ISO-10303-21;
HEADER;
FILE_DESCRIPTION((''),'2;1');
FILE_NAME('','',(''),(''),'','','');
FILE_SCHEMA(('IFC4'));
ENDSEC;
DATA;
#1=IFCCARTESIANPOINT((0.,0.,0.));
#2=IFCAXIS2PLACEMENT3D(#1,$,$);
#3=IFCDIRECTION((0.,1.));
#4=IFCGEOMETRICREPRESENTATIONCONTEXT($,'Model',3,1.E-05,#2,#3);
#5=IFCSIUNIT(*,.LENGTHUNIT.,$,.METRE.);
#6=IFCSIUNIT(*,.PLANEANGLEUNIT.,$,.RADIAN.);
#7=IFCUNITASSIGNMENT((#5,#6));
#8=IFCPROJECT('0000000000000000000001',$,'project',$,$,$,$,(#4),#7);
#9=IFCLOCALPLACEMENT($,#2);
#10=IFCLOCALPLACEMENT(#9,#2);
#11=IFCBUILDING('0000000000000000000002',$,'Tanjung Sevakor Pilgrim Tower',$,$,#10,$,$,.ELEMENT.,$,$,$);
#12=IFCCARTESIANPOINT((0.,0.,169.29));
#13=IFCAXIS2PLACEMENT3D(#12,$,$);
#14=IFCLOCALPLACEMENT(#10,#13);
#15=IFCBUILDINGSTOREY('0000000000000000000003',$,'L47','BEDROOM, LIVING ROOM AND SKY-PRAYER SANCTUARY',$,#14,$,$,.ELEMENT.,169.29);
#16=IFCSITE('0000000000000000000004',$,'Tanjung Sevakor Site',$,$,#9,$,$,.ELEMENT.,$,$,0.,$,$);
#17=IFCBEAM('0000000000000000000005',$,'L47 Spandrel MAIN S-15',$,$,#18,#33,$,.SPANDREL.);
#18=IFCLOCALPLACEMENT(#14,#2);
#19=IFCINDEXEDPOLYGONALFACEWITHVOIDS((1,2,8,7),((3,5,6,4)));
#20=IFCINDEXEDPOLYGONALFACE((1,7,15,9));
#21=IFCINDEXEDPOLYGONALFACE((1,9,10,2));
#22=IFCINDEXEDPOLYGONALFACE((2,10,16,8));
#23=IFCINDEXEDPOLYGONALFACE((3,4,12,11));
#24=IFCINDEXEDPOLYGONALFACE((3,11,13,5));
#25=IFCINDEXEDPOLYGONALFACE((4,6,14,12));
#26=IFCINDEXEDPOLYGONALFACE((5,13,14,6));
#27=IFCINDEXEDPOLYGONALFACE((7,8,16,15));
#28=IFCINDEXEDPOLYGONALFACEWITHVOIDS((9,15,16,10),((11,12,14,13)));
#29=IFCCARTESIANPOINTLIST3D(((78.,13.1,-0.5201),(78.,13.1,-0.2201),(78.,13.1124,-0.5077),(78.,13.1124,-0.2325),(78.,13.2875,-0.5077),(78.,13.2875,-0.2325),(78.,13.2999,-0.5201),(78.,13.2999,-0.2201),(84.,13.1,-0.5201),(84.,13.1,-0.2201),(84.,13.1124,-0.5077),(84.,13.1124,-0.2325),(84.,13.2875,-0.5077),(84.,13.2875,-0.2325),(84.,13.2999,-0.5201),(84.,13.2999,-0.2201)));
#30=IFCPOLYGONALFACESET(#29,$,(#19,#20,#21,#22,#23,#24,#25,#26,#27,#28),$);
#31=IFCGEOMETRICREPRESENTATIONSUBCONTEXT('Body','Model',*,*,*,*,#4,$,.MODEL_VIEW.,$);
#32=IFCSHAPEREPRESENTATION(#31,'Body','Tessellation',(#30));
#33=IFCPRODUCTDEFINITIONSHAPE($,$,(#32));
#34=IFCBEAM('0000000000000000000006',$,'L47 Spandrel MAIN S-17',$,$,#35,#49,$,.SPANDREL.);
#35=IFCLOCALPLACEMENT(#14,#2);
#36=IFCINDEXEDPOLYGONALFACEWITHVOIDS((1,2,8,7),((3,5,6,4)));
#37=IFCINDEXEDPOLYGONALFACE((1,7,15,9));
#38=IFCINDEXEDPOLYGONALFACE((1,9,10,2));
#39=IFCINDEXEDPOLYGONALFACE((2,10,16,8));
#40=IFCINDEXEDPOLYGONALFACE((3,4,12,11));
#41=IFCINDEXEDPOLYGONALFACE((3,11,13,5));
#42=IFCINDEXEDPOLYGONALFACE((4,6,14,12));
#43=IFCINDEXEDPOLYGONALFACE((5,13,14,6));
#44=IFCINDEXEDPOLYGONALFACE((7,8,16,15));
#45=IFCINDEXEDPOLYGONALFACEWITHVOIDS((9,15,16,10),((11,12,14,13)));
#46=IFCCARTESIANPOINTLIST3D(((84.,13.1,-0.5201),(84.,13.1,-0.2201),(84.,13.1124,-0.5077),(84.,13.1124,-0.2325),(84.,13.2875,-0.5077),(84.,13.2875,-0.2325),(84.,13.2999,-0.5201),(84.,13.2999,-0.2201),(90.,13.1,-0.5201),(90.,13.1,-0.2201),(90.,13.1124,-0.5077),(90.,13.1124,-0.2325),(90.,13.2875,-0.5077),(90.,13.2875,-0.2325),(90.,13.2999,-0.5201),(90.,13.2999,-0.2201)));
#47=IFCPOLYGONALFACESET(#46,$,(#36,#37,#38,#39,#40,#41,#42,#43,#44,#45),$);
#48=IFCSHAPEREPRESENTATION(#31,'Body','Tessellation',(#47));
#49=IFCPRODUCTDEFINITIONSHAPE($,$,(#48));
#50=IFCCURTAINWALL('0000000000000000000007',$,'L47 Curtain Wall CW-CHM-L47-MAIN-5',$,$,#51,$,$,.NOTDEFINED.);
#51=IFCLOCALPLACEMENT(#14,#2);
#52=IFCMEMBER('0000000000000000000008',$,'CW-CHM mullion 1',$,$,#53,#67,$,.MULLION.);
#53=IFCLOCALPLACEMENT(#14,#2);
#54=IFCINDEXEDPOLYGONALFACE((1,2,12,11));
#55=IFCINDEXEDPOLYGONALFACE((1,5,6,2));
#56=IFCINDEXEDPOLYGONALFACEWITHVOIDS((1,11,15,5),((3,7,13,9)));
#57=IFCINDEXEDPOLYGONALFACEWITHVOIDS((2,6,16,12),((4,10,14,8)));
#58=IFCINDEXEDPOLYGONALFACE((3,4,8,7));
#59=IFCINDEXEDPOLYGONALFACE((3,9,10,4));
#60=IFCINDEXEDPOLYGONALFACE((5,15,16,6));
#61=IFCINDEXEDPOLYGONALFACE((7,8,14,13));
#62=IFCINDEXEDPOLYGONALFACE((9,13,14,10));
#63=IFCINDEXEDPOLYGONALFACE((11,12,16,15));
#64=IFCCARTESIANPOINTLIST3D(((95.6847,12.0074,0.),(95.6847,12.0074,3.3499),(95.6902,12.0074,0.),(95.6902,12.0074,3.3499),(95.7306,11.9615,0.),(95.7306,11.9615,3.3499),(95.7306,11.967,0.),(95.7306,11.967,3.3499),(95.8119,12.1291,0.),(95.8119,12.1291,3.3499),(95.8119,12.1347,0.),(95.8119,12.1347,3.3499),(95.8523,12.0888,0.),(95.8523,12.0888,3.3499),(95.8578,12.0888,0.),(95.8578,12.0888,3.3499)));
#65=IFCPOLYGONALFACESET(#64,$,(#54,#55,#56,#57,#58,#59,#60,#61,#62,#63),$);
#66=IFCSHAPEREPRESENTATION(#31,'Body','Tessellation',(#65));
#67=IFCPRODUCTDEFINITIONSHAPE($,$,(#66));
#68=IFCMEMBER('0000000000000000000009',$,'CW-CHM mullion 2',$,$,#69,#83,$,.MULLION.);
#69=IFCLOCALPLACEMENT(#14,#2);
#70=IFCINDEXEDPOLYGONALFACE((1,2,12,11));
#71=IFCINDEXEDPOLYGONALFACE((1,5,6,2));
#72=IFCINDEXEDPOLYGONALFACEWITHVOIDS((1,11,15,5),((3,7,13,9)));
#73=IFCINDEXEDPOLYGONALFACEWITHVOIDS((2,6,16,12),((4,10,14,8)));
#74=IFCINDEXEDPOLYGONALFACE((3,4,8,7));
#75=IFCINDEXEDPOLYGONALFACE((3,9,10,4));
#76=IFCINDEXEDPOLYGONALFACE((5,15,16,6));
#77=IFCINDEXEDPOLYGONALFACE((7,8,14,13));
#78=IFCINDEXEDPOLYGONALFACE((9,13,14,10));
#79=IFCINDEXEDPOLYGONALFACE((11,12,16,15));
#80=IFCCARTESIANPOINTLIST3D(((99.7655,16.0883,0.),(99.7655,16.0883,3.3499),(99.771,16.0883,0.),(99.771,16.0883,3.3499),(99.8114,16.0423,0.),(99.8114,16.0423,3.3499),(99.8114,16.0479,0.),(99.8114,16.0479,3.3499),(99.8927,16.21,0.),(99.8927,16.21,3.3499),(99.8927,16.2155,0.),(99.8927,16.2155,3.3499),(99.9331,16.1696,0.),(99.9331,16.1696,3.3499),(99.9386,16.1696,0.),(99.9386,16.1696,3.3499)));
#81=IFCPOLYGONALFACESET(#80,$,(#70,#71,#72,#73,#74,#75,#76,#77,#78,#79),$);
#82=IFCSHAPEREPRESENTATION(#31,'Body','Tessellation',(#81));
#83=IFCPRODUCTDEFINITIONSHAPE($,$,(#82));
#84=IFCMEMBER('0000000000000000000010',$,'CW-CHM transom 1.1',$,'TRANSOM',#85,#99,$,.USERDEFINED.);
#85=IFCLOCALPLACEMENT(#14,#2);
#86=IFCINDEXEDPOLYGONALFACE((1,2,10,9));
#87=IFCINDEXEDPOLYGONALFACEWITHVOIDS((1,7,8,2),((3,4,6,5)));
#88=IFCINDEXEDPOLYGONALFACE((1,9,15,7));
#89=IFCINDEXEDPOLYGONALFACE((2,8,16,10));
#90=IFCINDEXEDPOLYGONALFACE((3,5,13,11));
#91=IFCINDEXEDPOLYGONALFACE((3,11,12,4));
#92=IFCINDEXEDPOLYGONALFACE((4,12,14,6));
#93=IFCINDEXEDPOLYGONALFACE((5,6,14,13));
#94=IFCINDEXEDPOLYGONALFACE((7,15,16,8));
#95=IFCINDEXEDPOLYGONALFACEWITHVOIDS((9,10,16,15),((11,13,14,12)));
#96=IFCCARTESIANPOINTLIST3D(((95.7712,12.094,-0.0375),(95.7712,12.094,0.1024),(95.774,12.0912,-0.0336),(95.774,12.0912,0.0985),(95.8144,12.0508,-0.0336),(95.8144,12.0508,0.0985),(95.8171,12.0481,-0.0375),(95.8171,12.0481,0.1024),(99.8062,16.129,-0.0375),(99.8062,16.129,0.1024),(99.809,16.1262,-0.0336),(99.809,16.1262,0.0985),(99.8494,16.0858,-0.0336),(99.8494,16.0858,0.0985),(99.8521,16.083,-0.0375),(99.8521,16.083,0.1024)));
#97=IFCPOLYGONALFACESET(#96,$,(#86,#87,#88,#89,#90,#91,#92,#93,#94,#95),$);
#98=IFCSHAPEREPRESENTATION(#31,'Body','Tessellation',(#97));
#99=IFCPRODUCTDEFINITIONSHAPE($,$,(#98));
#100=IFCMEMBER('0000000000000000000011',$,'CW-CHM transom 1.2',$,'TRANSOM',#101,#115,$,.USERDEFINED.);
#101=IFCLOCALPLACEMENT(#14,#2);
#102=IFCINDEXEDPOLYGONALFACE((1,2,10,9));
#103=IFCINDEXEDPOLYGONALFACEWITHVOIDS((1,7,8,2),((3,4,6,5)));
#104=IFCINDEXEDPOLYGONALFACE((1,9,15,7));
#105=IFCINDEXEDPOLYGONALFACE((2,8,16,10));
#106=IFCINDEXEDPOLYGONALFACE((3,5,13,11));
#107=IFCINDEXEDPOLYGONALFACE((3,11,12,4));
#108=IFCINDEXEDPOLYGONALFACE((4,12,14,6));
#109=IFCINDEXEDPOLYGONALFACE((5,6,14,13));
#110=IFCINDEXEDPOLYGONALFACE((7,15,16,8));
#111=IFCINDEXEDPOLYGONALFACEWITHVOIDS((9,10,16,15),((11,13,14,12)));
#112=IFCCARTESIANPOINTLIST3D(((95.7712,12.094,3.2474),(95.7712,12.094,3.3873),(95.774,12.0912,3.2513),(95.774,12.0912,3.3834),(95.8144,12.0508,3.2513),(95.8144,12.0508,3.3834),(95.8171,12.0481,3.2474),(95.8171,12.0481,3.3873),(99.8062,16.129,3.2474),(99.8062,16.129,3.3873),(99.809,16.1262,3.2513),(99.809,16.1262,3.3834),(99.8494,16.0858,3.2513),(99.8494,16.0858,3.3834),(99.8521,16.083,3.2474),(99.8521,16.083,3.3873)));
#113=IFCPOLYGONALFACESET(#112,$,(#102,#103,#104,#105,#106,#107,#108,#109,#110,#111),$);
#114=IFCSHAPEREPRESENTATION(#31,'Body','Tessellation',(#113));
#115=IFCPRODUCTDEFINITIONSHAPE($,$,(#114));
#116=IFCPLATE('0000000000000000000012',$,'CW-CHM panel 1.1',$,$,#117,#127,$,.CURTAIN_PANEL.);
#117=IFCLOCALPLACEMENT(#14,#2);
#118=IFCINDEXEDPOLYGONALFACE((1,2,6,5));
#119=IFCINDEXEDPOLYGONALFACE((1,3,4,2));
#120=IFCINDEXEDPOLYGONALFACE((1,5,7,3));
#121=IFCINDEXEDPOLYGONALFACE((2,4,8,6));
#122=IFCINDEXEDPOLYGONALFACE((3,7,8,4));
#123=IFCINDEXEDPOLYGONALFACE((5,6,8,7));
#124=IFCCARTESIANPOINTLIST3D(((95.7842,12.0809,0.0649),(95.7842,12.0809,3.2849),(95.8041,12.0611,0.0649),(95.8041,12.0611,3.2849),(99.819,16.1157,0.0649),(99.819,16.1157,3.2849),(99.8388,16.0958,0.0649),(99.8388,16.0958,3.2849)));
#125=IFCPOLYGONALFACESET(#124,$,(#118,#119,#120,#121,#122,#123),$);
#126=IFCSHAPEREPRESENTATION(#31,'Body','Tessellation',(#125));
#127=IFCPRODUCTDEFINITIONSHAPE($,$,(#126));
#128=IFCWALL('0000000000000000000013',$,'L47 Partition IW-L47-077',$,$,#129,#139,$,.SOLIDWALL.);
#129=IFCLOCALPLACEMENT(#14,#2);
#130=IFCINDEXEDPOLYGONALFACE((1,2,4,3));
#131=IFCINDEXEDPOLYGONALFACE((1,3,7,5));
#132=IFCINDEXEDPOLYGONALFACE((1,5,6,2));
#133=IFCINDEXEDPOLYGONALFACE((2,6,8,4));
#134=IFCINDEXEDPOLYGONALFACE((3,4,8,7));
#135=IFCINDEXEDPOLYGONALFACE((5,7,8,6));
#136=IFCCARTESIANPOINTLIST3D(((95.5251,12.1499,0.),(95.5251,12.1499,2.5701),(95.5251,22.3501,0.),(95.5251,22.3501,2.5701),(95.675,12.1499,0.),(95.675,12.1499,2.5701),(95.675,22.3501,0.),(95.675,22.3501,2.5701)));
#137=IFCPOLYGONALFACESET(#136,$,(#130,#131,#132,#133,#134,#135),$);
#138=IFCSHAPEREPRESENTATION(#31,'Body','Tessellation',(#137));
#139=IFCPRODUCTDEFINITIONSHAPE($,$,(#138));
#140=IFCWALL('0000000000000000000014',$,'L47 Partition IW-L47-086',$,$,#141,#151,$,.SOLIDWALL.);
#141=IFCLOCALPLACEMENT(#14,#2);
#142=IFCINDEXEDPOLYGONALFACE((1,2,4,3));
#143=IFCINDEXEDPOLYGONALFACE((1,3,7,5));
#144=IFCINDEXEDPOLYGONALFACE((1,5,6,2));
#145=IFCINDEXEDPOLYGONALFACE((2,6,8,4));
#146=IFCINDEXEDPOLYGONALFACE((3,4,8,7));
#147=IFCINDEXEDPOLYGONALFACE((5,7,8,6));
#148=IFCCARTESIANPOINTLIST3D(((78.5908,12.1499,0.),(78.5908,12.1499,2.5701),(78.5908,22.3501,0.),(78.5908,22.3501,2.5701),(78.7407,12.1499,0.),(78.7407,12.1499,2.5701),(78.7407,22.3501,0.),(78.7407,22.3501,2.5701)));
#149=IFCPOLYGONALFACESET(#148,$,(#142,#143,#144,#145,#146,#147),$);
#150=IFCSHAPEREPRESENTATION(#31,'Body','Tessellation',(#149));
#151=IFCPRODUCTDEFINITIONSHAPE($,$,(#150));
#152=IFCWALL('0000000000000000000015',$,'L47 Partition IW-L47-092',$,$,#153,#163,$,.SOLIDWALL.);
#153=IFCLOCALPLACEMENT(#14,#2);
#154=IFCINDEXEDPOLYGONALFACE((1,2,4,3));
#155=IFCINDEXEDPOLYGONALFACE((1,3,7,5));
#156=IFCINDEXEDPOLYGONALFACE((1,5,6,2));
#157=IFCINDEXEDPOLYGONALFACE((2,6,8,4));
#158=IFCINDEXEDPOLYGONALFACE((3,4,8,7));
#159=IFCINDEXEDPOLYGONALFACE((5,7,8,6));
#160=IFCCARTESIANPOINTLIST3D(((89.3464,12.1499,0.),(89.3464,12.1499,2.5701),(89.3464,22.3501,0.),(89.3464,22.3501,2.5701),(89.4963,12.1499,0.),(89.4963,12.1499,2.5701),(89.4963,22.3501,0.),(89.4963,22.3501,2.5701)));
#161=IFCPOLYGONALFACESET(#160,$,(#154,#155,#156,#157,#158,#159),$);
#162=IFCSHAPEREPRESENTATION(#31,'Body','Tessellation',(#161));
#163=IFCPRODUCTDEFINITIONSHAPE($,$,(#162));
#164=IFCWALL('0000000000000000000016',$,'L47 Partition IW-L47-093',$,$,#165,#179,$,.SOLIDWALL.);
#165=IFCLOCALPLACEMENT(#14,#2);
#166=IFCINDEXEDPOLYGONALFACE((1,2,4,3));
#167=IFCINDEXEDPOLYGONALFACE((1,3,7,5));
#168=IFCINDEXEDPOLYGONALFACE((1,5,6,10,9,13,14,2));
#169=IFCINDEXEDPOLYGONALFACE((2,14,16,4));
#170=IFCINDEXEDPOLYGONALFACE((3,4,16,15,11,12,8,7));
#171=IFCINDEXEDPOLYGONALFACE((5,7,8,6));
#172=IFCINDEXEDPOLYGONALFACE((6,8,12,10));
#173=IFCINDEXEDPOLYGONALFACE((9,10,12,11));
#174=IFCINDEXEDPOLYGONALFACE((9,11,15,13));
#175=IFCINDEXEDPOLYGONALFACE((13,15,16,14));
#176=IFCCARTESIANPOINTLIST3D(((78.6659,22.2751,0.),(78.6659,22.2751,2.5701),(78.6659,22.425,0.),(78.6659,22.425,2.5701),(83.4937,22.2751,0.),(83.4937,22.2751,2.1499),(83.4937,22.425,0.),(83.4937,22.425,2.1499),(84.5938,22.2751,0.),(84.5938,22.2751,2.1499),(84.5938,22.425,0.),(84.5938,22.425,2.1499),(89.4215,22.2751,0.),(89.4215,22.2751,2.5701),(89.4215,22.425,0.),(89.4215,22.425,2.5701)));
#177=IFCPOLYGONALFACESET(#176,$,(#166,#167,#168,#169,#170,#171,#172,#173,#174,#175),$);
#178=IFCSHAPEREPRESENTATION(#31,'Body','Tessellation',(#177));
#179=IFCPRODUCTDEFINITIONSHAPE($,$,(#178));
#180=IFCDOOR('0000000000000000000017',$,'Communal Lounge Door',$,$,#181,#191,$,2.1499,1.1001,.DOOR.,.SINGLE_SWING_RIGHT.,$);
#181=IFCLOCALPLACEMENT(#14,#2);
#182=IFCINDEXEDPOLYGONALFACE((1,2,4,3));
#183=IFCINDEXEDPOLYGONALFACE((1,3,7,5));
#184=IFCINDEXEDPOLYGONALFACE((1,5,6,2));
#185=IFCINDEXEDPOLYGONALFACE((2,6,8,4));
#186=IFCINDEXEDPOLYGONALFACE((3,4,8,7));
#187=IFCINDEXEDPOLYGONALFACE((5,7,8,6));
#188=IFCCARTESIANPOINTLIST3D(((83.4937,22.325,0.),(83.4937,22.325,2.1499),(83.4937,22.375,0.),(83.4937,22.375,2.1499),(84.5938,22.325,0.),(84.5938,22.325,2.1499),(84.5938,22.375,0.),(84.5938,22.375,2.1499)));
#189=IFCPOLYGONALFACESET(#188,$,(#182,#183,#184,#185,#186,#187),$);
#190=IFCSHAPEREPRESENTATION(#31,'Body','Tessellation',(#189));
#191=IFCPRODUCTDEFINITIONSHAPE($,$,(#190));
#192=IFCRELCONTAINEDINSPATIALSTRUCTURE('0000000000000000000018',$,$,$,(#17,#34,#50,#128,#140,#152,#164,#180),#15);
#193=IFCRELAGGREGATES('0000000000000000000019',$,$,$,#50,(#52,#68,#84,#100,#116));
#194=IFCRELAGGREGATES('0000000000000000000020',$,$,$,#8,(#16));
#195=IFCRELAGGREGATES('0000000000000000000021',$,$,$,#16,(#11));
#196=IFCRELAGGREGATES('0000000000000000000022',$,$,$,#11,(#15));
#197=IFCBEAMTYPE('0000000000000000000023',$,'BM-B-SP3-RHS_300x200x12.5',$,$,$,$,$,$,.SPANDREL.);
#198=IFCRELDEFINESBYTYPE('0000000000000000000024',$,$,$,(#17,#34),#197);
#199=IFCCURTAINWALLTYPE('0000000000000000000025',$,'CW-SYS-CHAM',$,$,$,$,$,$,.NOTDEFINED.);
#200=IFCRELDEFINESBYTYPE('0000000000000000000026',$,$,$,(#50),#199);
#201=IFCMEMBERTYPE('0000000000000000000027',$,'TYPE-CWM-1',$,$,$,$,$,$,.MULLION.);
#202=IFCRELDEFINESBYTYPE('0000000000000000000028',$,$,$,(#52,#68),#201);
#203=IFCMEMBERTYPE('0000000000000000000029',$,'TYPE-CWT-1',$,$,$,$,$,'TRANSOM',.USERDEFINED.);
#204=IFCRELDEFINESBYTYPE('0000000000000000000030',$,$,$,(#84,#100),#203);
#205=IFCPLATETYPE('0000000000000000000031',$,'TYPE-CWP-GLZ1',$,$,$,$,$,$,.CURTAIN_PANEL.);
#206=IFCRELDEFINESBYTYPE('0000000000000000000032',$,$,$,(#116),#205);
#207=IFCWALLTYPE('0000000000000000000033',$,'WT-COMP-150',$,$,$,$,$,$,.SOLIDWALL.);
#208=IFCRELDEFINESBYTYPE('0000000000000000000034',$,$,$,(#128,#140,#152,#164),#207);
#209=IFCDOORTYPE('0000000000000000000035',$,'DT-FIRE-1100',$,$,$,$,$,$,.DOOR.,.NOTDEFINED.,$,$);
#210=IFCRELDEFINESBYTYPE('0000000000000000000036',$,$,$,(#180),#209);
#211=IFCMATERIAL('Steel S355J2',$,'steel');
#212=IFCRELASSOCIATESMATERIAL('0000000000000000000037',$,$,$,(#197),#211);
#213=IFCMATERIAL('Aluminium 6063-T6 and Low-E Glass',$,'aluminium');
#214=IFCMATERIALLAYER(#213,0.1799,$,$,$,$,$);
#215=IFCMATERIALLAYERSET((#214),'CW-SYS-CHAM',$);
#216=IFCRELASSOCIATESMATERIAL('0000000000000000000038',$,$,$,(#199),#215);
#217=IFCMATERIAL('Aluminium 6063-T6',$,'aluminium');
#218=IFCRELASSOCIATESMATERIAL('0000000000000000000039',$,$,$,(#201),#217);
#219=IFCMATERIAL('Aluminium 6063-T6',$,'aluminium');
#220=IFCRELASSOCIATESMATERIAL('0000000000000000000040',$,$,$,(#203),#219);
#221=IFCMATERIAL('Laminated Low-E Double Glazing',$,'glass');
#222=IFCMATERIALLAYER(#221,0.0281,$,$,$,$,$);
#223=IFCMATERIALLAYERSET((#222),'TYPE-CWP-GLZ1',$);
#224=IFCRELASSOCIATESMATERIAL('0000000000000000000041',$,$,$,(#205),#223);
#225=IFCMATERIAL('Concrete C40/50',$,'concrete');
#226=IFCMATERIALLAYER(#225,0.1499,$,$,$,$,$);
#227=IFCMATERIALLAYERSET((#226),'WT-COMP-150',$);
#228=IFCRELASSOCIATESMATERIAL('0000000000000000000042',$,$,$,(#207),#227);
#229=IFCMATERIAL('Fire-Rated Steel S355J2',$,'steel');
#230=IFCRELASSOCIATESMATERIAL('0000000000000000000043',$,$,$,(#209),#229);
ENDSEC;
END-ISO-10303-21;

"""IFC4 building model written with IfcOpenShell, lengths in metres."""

from ifc_helpers import new_model, si_unit, direction, frame, frame_2d, origin, origin_2d, place, context, subcontext, project, spatial, rectangle, hollow_rectangle, extrude, material, layer, layer_set, material_profile, profile_set, type_object, element, fill, aggregate, save


model = new_model("IFC4")

# Units and contexts
model_context = context("Model", 3, precision=1e-05, world=origin(), true_north=direction((0.0, 1.0)))
body_context = subcontext(model_context, "Body", "Model", "MODEL_VIEW")
ifc_project = project(units=[si_unit("LENGTHUNIT", "METRE"), si_unit("PLANEANGLEUNIT", "RADIAN")], contexts=[model_context])

# Site, building, storey
site_placement = place(None, origin())
site = spatial("IfcSite", under=ifc_project, at=site_placement, Name="Tanjung Sevakor Site", CompositionType="ELEMENT", RefElevation=0.0)
building_placement = place(site_placement, origin())
building = spatial("IfcBuilding", under=site, at=building_placement, Name="Tanjung Sevakor Pilgrim Tower", CompositionType="ELEMENT")
storey_placement = place(building_placement, frame((0.0, 0.0, 169.29)))
storey = spatial("IfcBuildingStorey", under=building, at=storey_placement, Name="L47", Description="BEDROOM, LIVING ROOM AND SKY-PRAYER SANCTUARY", CompositionType="ELEMENT", Elevation=169.29)

# Beams
ifc_material_1 = material(Name="Steel S355J2", Category="steel")
ifc_material_profile_1 = material_profile(ifc_material_1, hollow_rectangle(XDim=0.2, YDim=0.3, WallThickness=0.0125, at=origin_2d()))
ifc_profile_set_1 = profile_set([ifc_material_profile_1], Name="Steel S355J2")
beam_type_1 = type_object("IfcBeamType", Name="BM-B-SP3-RHS_300x200x12.5", PredefinedType="SPANDREL", material=ifc_profile_set_1)
for number, where, z_axis, x_axis, name in (
    (1, (78.0, 13.2, -0.3701), (1.0, 0.0, 0.0), (0.0, 1.0, 0.0), "L47 Spandrel MAIN S-15"),
    (2, (84.0, 13.2, -0.3701), (1.0, 0.0, 0.0), (0.0, 1.0, 0.0), "L47 Spandrel MAIN S-17"),
):
    element("IfcBeam", number, at=place(storey_placement, frame(where, z_axis=z_axis, x_axis=x_axis)), inside=storey, type_object=beam_type_1, Name=name, PredefinedType="SPANDREL", context=body_context, shape_type="SweptSolid", body=[
        extrude(hollow_rectangle(XDim=0.2, YDim=0.3, WallThickness=0.0125, at=origin_2d()), origin(), (0.0, 0.0, 1.0), 6.0),
    ])

# Curtain wall, members, plate
ifc_material_2 = material(Name="Aluminium 6063-T6 and Low-E Glass", Category="aluminium")
ifc_layer_1 = layer(ifc_material_2, 0.1799)
ifc_layer_set_1 = layer_set([ifc_layer_1], Name="CW-SYS-CHAM")
curtain_wall_type = type_object("IfcCurtainWallType", Name="CW-SYS-CHAM", PredefinedType="NOTDEFINED", material=ifc_layer_set_1)
curtain_wall_placement = place(storey_placement, origin())
curtain_wall = element("IfcCurtainWall", 3, at=curtain_wall_placement, inside=storey, type_object=curtain_wall_type, Name="L47 Curtain Wall CW-CHM-L47-MAIN-5", PredefinedType="NOTDEFINED")
ifc_material_3 = material(Name="Aluminium 6063-T6", Category="aluminium")
ifc_material_profile_2 = material_profile(ifc_material_3, hollow_rectangle(XDim=0.0649, YDim=0.1799, WallThickness=0.0039, at=origin_2d()))
ifc_profile_set_2 = profile_set([ifc_material_profile_2], Name="Aluminium 6063-T6")
member_type_1 = type_object("IfcMemberType", Name="TYPE-CWM-1", PredefinedType="MULLION", material=ifc_profile_set_2)
member_1_placement = place(storey_placement, frame((95.7712, 12.0481, 0.0), z_axis=(0.0, 0.0, 1.0), x_axis=(-0.707107, 0.707107, 0.0)))
member_1 = element("IfcMember", 4, at=member_1_placement, type_object=member_type_1, Name="CW-CHM mullion 1", PredefinedType="MULLION", context=body_context, shape_type="SweptSolid", body=[
    extrude(hollow_rectangle(XDim=0.0649, YDim=0.1799, WallThickness=0.0039, at=origin_2d()), origin(), (0.0, 0.0, 1.0), 3.3499),
])
member_2_placement = place(storey_placement, frame((99.8521, 16.1289, 0.0), z_axis=(0.0, 0.0, 1.0), x_axis=(-0.707107, 0.707107, 0.0)))
member_2 = element("IfcMember", 5, at=member_2_placement, type_object=member_type_1, Name="CW-CHM mullion 2", PredefinedType="MULLION", context=body_context, shape_type="SweptSolid", body=[
    extrude(hollow_rectangle(XDim=0.0649, YDim=0.1799, WallThickness=0.0039, at=origin_2d()), origin(), (0.0, 0.0, 1.0), 3.3499),
])
ifc_material_4 = material(Name="Aluminium 6063-T6", Category="aluminium")
ifc_material_profile_3 = material_profile(ifc_material_4, hollow_rectangle(XDim=0.0649, YDim=0.1399, WallThickness=0.0039, at=origin_2d()))
ifc_profile_set_3 = profile_set([ifc_material_profile_3], Name="Aluminium 6063-T6")
member_type_2 = type_object("IfcMemberType", Name="TYPE-CWT-1", ElementType="TRANSOM", PredefinedType="USERDEFINED", material=ifc_profile_set_3)
member_3_placement = place(storey_placement, frame((95.7942, 12.071, 0.0325), z_axis=(0.707107, 0.707107, 0.0), x_axis=(-0.707107, 0.707107, 0.0)))
member_3 = element("IfcMember", 6, at=member_3_placement, type_object=member_type_2, Name="CW-CHM transom 1.1", ObjectType="TRANSOM", PredefinedType="USERDEFINED", context=body_context, shape_type="SweptSolid", body=[
    extrude(hollow_rectangle(XDim=0.0649, YDim=0.1399, WallThickness=0.0039, at=origin_2d()), origin(), (0.0, 0.0, 1.0), 5.7063),
])
member_4_placement = place(storey_placement, frame((95.7942, 12.071, 3.3174), z_axis=(0.707107, 0.707107, 0.0), x_axis=(-0.707107, 0.707107, 0.0)))
member_4 = element("IfcMember", 7, at=member_4_placement, type_object=member_type_2, Name="CW-CHM transom 1.2", ObjectType="TRANSOM", PredefinedType="USERDEFINED", context=body_context, shape_type="SweptSolid", body=[
    extrude(hollow_rectangle(XDim=0.0649, YDim=0.1399, WallThickness=0.0039, at=origin_2d()), origin(), (0.0, 0.0, 1.0), 5.7063),
])
ifc_material_5 = material(Name="Laminated Low-E Double Glazing", Category="glass")
ifc_layer_2 = layer(ifc_material_5, 0.0281)
ifc_layer_set_2 = layer_set([ifc_layer_2], Name="TYPE-CWP-GLZ1")
plate_type = type_object("IfcPlateType", Name="TYPE-CWP-GLZ1", PredefinedType="CURTAIN_PANEL", material=ifc_layer_set_2)
plate_placement = place(storey_placement, frame((97.8115, 14.0884, 0.0649), z_axis=(0.0, 0.0, 1.0), x_axis=(0.707107, 0.707107, 0.0)))
plate = element("IfcPlate", 8, at=plate_placement, type_object=plate_type, Name="CW-CHM panel 1.1", PredefinedType="CURTAIN_PANEL", context=body_context, shape_type="SweptSolid", body=[
    extrude(rectangle(XDim=5.7061, YDim=0.0281, at=origin_2d()), origin(), (0.0, 0.0, 1.0), 3.22),
])
aggregate(curtain_wall, [member_1, member_2, member_3, member_4, plate])

# Walls
ifc_material_6 = material(Name="Concrete C40/50", Category="concrete")
ifc_layer_3 = layer(ifc_material_6, 0.1499)
ifc_layer_set_3 = layer_set([ifc_layer_3], Name="WT-COMP-150")
wall_type_1 = type_object("IfcWallType", Name="WT-COMP-150", PredefinedType="SOLIDWALL", material=ifc_layer_set_3)
for number, where, z_axis, x_axis, name in (
    (9, (95.6001, 12.1499, 0.0), (0.0, 0.0, 1.0), (0.0, 1.0, 0.0), "L47 Partition IW-L47-077"),
    (10, (78.6658, 12.1499, 0.0), (0.0, 0.0, 1.0), (0.0, 1.0, 0.0), "L47 Partition IW-L47-086"),
    (11, (89.4214, 12.1499, 0.0), (0.0, 0.0, 1.0), (0.0, 1.0, 0.0), "L47 Partition IW-L47-092"),
):
    element("IfcWall", number, at=place(storey_placement, frame(where, z_axis=z_axis, x_axis=x_axis)), inside=storey, type_object=wall_type_1, Name=name, PredefinedType="SOLIDWALL", context=body_context, shape_type="SweptSolid", body=[
        extrude(rectangle(XDim=10.2002, YDim=0.1499, at=frame_2d((5.1001, 0.0))), origin(), (0.0, 0.0, 1.0), 2.5701),
    ])

# Wall, opening, door
wall_1_placement = place(storey_placement, frame((78.6658, 22.3501, 0.0), z_axis=(0.0, 0.0, 1.0), x_axis=(1.0, 0.0, 0.0)))
wall_1 = element("IfcWall", 12, at=wall_1_placement, inside=storey, type_object=wall_type_1, Name="L47 Partition IW-L47-093", PredefinedType="SOLIDWALL", context=body_context, shape_type="SweptSolid", body=[
    extrude(rectangle(XDim=10.7556, YDim=0.1499, at=frame_2d((5.3779, 0.0))), origin(), (0.0, 0.0, 1.0), 2.5701),
])
opening_1_placement = place(wall_1_placement, frame((4.8279, 0.0, 0.0)))
opening_1 = element("IfcOpeningElement", 13, at=opening_1_placement, cuts=wall_1, PredefinedType="OPENING", context=body_context, shape_type="SweptSolid", body=[
    extrude(rectangle(XDim=1.1001, YDim=2.1499, at=frame_2d((0.55, 1.075))), frame((0.0, 0.085, 0.0), z_axis=(0.0, -1.0, 0.0), x_axis=(1.0, 0.0, 0.0)), (0.0, 0.0, 1.0), 0.1699),
])
ifc_material_7 = material(Name="Fire-Rated Steel S355J2", Category="steel")
door_type_1 = type_object("IfcDoorType", Name="DT-FIRE-1100", OperationType="NOTDEFINED", PredefinedType="DOOR", material=ifc_material_7)
door_1_placement = place(opening_1_placement, origin())
door_1 = element("IfcDoor", 14, at=door_1_placement, inside=storey, type_object=door_type_1, Name="Communal Lounge Door", OperationType="SINGLE_SWING_RIGHT", OverallHeight=2.1499, OverallWidth=1.1001, PredefinedType="DOOR", context=body_context, shape_type="SweptSolid", body=[
    extrude(rectangle(XDim=1.1001, YDim=2.1499, at=frame_2d((0.55, 1.075))), frame((0.0, 0.0249, 0.0), z_axis=(0.0, -1.0, 0.0), x_axis=(1.0, 0.0, 0.0)), (0.0, 0.0, 1.0), 0.05),
])
fill(opening_1, door_1)

save(model, "model.ifc")
